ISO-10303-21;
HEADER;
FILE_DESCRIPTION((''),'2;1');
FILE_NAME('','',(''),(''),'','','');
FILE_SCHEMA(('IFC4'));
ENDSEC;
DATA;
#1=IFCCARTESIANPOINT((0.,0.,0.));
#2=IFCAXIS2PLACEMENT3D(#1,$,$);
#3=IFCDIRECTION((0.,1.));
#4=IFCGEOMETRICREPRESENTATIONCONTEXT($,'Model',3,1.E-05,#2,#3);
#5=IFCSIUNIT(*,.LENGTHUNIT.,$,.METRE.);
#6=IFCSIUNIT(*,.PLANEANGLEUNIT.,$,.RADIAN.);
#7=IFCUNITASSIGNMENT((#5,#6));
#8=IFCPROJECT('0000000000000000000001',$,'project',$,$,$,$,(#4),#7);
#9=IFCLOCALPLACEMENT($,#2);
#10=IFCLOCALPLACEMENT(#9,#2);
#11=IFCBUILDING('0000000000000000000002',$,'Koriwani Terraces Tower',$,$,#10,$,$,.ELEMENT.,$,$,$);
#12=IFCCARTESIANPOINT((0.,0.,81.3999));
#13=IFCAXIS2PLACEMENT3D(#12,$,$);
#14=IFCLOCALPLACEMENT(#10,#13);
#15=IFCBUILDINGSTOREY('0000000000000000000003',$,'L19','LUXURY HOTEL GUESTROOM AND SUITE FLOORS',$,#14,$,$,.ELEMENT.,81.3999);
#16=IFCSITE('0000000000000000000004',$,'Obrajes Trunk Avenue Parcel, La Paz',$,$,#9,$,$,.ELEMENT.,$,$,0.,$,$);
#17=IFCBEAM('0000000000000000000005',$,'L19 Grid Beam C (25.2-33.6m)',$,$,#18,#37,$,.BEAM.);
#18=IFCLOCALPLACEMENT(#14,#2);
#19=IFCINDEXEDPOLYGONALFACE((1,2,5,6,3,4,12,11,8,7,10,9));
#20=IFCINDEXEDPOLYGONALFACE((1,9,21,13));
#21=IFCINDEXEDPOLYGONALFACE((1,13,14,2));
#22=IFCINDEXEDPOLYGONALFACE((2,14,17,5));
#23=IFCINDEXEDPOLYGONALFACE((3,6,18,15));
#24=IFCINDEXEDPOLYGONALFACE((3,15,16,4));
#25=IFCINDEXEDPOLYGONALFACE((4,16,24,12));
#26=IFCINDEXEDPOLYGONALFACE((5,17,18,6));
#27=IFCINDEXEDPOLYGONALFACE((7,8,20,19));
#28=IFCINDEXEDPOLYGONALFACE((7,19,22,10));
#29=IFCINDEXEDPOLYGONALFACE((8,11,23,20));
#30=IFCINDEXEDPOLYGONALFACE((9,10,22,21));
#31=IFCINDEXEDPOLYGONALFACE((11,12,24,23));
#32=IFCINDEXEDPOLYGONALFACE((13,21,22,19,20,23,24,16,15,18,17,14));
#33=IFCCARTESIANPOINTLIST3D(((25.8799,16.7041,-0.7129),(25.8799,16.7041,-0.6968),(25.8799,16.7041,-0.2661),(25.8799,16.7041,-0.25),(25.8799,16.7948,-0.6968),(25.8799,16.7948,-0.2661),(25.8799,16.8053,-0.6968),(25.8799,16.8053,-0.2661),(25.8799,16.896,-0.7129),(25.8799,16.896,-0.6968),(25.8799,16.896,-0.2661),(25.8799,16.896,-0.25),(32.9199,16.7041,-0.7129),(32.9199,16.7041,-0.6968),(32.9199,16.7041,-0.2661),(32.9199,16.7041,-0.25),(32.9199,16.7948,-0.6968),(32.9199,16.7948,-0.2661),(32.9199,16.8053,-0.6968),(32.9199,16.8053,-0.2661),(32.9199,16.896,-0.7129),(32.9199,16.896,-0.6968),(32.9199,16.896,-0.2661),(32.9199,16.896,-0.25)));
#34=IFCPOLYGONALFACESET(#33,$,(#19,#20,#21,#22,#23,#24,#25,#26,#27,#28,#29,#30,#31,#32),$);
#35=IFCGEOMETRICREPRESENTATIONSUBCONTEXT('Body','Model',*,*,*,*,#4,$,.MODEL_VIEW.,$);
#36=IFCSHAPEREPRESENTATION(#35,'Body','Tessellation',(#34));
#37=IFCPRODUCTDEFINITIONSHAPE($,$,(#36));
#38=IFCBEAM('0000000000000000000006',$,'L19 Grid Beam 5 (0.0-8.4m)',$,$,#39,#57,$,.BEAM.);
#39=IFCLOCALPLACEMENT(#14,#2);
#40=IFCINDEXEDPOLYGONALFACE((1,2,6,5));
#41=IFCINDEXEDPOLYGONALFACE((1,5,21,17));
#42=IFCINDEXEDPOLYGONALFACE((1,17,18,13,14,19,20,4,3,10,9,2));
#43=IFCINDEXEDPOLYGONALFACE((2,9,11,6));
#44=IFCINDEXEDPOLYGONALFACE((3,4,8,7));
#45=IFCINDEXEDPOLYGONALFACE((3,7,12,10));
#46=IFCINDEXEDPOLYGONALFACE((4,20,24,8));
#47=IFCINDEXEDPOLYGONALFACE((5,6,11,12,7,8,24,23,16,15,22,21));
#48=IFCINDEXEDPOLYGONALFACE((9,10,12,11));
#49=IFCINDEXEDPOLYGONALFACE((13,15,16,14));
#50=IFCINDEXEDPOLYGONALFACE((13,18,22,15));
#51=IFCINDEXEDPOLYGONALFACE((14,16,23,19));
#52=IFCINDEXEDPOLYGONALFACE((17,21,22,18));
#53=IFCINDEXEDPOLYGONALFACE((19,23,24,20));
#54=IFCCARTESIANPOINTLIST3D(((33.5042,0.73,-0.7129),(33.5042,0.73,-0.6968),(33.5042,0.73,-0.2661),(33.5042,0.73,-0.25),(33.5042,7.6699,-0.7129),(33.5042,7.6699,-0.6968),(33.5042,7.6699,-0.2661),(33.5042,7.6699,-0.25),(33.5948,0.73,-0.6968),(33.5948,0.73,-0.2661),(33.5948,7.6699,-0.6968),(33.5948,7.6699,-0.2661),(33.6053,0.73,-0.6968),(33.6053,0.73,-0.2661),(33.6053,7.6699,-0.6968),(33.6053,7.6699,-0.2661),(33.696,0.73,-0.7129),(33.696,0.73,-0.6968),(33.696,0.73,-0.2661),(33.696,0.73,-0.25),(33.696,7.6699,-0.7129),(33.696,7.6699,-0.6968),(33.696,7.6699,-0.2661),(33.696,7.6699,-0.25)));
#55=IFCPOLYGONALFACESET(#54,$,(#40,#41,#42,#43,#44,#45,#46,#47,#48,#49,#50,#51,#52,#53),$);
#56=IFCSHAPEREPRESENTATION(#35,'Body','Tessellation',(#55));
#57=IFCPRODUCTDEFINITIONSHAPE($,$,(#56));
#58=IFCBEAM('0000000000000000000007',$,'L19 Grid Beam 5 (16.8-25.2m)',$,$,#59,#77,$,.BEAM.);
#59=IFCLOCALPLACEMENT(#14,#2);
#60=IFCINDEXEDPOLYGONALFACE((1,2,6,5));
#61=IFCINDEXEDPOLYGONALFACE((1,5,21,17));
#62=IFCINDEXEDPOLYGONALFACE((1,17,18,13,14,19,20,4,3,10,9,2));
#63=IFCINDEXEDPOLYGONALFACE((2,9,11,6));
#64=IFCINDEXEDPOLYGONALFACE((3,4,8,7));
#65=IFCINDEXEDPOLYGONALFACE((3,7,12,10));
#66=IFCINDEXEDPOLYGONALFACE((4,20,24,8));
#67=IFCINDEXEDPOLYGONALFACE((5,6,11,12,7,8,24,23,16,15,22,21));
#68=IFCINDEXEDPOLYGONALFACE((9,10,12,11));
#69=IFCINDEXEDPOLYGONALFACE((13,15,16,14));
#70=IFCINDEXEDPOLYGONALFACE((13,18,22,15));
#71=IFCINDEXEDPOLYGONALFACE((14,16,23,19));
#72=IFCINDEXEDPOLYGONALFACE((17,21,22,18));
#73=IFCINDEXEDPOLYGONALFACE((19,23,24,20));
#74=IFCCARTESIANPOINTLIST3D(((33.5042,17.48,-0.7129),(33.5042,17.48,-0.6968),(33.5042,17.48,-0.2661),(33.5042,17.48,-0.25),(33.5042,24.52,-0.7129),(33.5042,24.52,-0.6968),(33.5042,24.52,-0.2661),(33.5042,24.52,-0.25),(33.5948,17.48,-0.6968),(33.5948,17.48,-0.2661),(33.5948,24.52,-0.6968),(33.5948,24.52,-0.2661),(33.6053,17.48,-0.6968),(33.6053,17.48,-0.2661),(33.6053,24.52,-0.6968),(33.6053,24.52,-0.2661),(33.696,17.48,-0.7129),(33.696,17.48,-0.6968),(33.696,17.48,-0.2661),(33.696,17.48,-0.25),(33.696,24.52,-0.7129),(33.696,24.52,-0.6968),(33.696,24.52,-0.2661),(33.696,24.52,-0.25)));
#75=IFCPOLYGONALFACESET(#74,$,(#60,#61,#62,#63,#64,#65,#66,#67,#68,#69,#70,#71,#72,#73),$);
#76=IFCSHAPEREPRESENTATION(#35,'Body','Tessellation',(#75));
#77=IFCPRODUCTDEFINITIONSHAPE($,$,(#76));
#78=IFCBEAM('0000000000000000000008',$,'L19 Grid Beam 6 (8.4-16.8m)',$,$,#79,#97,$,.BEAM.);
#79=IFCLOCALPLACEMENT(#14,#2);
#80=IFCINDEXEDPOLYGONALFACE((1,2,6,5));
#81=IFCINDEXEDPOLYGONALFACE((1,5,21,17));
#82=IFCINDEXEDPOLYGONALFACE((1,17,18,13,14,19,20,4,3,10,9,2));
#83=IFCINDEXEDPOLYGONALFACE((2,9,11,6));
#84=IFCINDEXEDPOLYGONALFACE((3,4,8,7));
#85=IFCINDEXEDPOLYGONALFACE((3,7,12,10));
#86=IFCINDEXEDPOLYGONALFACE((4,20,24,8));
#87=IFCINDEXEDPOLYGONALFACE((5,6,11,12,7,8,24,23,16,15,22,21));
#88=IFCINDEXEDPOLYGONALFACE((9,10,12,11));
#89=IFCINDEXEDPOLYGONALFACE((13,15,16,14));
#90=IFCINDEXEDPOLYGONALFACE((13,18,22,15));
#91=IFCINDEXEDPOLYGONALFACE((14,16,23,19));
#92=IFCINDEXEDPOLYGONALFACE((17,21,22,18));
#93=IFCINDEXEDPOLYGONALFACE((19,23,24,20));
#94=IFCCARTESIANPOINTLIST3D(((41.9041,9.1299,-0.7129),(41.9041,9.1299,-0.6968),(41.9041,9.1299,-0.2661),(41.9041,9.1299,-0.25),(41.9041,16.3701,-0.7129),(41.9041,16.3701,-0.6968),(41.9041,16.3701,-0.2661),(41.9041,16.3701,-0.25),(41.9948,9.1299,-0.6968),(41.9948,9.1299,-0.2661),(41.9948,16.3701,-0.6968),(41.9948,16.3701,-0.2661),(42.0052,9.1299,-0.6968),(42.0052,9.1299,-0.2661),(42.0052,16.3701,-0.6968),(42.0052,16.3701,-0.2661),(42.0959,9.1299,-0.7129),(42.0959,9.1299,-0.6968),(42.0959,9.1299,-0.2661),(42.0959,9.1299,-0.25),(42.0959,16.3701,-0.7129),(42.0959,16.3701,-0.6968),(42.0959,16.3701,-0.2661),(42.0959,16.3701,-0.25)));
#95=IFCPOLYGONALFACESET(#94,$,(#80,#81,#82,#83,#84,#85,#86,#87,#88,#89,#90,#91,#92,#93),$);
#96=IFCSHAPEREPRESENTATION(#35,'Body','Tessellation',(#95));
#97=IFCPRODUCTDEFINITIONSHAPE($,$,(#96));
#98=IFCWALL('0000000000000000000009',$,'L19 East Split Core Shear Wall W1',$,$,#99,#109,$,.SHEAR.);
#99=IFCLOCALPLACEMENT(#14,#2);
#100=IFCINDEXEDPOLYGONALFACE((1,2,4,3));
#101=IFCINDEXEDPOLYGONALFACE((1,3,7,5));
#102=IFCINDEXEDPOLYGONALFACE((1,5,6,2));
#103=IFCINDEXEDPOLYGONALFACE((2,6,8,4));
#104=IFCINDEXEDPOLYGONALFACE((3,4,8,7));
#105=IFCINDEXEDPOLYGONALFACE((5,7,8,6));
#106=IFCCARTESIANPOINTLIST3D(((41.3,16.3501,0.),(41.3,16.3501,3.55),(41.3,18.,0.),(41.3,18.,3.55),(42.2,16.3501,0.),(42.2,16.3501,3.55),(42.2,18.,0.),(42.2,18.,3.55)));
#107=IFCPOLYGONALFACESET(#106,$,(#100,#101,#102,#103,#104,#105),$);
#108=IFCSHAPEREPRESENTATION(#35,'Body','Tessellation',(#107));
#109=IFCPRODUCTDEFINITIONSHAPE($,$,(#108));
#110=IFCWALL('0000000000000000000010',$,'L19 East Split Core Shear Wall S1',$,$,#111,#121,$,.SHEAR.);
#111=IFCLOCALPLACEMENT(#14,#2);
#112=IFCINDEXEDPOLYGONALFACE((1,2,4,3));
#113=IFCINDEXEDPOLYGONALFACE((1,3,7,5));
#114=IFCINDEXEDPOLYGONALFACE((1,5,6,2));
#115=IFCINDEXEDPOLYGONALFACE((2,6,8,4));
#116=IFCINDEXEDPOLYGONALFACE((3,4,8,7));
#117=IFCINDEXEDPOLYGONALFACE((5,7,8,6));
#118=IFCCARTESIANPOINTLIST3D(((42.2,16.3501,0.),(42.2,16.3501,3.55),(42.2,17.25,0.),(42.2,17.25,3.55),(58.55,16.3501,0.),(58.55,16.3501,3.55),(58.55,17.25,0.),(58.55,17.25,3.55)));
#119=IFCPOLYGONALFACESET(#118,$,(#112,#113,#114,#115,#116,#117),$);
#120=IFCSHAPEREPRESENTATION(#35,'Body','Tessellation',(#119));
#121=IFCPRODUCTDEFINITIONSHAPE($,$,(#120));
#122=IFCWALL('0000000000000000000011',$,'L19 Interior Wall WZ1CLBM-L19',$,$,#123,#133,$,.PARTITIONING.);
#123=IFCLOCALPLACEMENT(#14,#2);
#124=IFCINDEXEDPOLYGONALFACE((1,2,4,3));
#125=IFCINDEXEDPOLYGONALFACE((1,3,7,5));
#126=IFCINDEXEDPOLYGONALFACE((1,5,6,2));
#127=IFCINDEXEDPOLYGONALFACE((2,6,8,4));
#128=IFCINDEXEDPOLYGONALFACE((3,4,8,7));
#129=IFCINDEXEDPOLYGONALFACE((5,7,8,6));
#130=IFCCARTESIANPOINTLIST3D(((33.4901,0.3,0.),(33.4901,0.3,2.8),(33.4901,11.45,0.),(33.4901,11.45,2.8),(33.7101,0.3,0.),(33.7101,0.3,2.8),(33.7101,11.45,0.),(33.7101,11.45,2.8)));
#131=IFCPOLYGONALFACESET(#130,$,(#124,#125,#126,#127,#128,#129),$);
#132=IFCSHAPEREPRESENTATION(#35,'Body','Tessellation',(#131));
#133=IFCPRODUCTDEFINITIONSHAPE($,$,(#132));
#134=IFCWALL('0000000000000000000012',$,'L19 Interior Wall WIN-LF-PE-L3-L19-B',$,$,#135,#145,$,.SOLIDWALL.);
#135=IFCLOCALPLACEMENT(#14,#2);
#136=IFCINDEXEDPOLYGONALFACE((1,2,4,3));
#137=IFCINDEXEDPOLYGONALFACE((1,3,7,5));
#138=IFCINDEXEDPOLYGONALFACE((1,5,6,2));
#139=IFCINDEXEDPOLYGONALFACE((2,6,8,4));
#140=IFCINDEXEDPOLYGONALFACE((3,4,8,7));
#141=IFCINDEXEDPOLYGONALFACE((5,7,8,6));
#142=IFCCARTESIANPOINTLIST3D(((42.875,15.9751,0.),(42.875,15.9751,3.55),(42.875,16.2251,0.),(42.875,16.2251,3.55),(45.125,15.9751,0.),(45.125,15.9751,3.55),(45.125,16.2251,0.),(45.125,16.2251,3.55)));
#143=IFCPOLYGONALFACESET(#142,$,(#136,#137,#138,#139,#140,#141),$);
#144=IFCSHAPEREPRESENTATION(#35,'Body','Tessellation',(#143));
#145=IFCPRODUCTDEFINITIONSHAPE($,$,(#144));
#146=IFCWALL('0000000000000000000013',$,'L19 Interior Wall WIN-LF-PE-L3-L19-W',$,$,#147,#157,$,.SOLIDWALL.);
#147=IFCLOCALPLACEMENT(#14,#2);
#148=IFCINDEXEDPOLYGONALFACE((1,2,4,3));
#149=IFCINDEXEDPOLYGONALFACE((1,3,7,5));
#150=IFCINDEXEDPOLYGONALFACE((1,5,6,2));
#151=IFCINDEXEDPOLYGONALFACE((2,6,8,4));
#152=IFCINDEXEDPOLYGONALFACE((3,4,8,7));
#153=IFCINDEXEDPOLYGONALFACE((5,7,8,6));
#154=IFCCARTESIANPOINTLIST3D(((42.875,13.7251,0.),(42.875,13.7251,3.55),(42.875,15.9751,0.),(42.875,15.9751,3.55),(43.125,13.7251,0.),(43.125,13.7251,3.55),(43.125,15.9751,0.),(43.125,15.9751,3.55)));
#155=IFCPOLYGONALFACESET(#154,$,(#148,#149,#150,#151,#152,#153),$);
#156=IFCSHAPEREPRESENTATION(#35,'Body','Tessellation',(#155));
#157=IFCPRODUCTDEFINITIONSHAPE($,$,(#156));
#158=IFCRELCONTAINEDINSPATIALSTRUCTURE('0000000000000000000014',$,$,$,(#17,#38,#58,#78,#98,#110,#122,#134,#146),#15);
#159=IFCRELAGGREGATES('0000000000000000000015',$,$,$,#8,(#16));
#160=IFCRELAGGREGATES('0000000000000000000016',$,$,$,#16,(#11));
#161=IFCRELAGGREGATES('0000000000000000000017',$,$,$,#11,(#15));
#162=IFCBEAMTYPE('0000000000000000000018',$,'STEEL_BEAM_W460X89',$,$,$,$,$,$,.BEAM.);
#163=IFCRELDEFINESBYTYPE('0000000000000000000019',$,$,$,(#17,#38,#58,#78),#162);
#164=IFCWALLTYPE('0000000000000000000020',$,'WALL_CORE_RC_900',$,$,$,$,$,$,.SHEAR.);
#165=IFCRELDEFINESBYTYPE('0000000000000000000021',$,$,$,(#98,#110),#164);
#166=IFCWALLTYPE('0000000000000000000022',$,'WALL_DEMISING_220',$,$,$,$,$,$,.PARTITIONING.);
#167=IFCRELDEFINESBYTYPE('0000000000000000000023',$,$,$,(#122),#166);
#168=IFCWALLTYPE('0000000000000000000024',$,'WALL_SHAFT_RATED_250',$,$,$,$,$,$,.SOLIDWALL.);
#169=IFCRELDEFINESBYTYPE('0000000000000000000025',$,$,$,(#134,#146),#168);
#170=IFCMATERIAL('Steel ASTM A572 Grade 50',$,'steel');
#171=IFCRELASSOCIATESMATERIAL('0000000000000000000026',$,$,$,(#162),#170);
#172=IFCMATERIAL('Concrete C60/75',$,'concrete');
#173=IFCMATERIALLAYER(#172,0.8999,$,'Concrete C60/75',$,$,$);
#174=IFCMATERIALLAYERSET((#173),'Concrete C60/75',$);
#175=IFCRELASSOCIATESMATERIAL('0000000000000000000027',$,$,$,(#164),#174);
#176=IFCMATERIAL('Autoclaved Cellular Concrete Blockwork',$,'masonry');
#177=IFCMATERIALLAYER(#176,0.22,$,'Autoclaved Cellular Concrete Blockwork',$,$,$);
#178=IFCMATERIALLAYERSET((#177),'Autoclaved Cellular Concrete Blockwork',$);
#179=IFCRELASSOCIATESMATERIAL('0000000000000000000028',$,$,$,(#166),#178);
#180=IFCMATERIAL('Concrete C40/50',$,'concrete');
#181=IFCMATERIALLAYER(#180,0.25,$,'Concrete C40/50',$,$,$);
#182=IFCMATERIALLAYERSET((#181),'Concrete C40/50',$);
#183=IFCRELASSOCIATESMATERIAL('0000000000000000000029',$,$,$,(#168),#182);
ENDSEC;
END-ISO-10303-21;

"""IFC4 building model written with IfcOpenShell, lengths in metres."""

from ifc_helpers import new_model, si_unit, direction, frame, frame_2d, origin, origin_2d, place, context, subcontext, project, spatial, rectangle, i_section, extrude, material, layer, layer_set, material_profile, profile_set, type_object, element, save


model = new_model("IFC4")

# Units and contexts
model_context = context("Model", 3, precision=1e-05, world=origin(), true_north=direction((0.0, 1.0)))
body_context = subcontext(model_context, "Body", "Model", "MODEL_VIEW")
ifc_project = project(units=[si_unit("LENGTHUNIT", "METRE"), si_unit("PLANEANGLEUNIT", "RADIAN")], contexts=[model_context])

# Site, building, storey
site_placement = place(None, origin())
site = spatial("IfcSite", under=ifc_project, at=site_placement, Name="Obrajes Trunk Avenue Parcel, La Paz", CompositionType="ELEMENT", RefElevation=0.0)
building_placement = place(site_placement, origin())
building = spatial("IfcBuilding", under=site, at=building_placement, Name="Koriwani Terraces Tower", CompositionType="ELEMENT")
storey_placement = place(building_placement, frame((0.0, 0.0, 81.3999)))
storey = spatial("IfcBuildingStorey", under=building, at=storey_placement, Name="L19", Description="LUXURY HOTEL GUESTROOM AND SUITE FLOORS", CompositionType="ELEMENT", Elevation=81.3999)

# Shared definitions
ifc_material_1 = material(Name="Concrete C60/75", Category="concrete")

# Beams
ifc_material_2 = material(Name="Concrete C40/50", Category="concrete")
ifc_material_3 = material(Name="Steel ASTM A572 Grade 50", Category="steel")
ifc_material_profile_1 = material_profile(ifc_material_3, i_section(OverallWidth=0.1919, OverallDepth=0.4629, WebThickness=0.0105, FlangeThickness=0.0161, at=origin_2d()), Name="Steel ASTM A572 Grade 50", Category="LoadBearing")
ifc_profile_set_1 = profile_set([ifc_material_profile_1], Name="Steel ASTM A572 Grade 50")
beam_type_1 = type_object("IfcBeamType", Name="STEEL_BEAM_W460X89", PredefinedType="BEAM", material=ifc_profile_set_1)
beam_1_placement = place(storey_placement, frame((25.8799, 16.8, -0.4814), z_axis=(1.0, 0.0, 0.0), x_axis=(0.0, 1.0, 0.0)))
element("IfcBeam", 1, at=beam_1_placement, inside=storey, type_object=beam_type_1, Name="L19 Grid Beam C (25.2-33.6m)", PredefinedType="BEAM", context=body_context, shape_type="SweptSolid", body=[
    extrude(i_section(OverallWidth=0.1919, OverallDepth=0.4629, WebThickness=0.0105, FlangeThickness=0.0161, at=origin_2d()), origin(), (0.0, 0.0, 1.0), 7.04),
])
beam_2_placement = place(storey_placement, frame((33.6001, 0.73, -0.4814), z_axis=(0.0, 1.0, 0.0), x_axis=(-1.0, 0.0, 0.0)))
element("IfcBeam", 2, at=beam_2_placement, inside=storey, type_object=beam_type_1, Name="L19 Grid Beam 5 (0.0-8.4m)", PredefinedType="BEAM", context=body_context, shape_type="SweptSolid", body=[
    extrude(i_section(OverallWidth=0.1919, OverallDepth=0.4629, WebThickness=0.0105, FlangeThickness=0.0161, at=origin_2d()), origin(), (0.0, 0.0, 1.0), 6.9399),
])
beam_3_placement = place(storey_placement, frame((33.6001, 17.48, -0.4814), z_axis=(0.0, 1.0, 0.0), x_axis=(-1.0, 0.0, 0.0)))
element("IfcBeam", 3, at=beam_3_placement, inside=storey, type_object=beam_type_1, Name="L19 Grid Beam 5 (16.8-25.2m)", PredefinedType="BEAM", context=body_context, shape_type="SweptSolid", body=[
    extrude(i_section(OverallWidth=0.1919, OverallDepth=0.4629, WebThickness=0.0105, FlangeThickness=0.0161, at=origin_2d()), origin(), (0.0, 0.0, 1.0), 7.04),
])
beam_4_placement = place(storey_placement, frame((42.0, 9.1299, -0.4814), z_axis=(0.0, 1.0, 0.0), x_axis=(-1.0, 0.0, 0.0)))
element("IfcBeam", 4, at=beam_4_placement, inside=storey, type_object=beam_type_1, Name="L19 Grid Beam 6 (8.4-16.8m)", PredefinedType="BEAM", context=body_context, shape_type="SweptSolid", body=[
    extrude(i_section(OverallWidth=0.1919, OverallDepth=0.4629, WebThickness=0.0105, FlangeThickness=0.0161, at=origin_2d()), origin(), (0.0, 0.0, 1.0), 7.2402),
])

# Walls
ifc_layer_1 = layer(ifc_material_1, 0.8999, Name="Concrete C60/75")
ifc_layer_set_1 = layer_set([ifc_layer_1], Name="Concrete C60/75")
wall_type_1 = type_object("IfcWallType", Name="WALL_CORE_RC_900", PredefinedType="SHEAR", material=ifc_layer_set_1)
wall_1_placement = place(storey_placement, frame((41.75, 16.3501, 0.0), z_axis=(0.0, 0.0, 1.0), x_axis=(0.0, 1.0, 0.0)))
element("IfcWall", 5, at=wall_1_placement, inside=storey, type_object=wall_type_1, Name="L19 East Split Core Shear Wall W1", PredefinedType="SHEAR", context=body_context, shape_type="SweptSolid", body=[
    extrude(rectangle(XDim=1.6499, YDim=0.8999, at=frame_2d((0.825, 0.0))), origin(), (0.0, 0.0, 1.0), 3.55),
])
wall_2_placement = place(storey_placement, frame((42.2, 16.8, 0.0), z_axis=(0.0, 0.0, 1.0), x_axis=(1.0, 0.0, 0.0)))
element("IfcWall", 6, at=wall_2_placement, inside=storey, type_object=wall_type_1, Name="L19 East Split Core Shear Wall S1", PredefinedType="SHEAR", context=body_context, shape_type="SweptSolid", body=[
    extrude(rectangle(XDim=16.3501, YDim=0.8999, at=frame_2d((8.175, 0.0))), origin(), (0.0, 0.0, 1.0), 3.55),
])
ifc_material_4 = material(Name="Autoclaved Cellular Concrete Blockwork", Category="masonry")
ifc_layer_2 = layer(ifc_material_4, 0.22, Name="Autoclaved Cellular Concrete Blockwork")
ifc_layer_set_2 = layer_set([ifc_layer_2], Name="Autoclaved Cellular Concrete Blockwork")
wall_type_2 = type_object("IfcWallType", Name="WALL_DEMISING_220", PredefinedType="PARTITIONING", material=ifc_layer_set_2)
wall_3_placement = place(storey_placement, frame((33.6001, 0.3, 0.0), z_axis=(0.0, 0.0, 1.0), x_axis=(0.0, 1.0, 0.0)))
element("IfcWall", 7, at=wall_3_placement, inside=storey, type_object=wall_type_2, Name="L19 Interior Wall WZ1CLBM-L19", PredefinedType="PARTITIONING", context=body_context, shape_type="SweptSolid", body=[
    extrude(rectangle(XDim=11.1499, YDim=0.22, at=frame_2d((5.575, 0.0))), origin(), (0.0, 0.0, 1.0), 2.8),
])

# Shared definitions
ifc_layer_3 = layer(ifc_material_2, 0.25, Name="Concrete C40/50")
ifc_layer_set_3 = layer_set([ifc_layer_3], Name="Concrete C40/50")
wall_type_3 = type_object("IfcWallType", Name="WALL_SHAFT_RATED_250", PredefinedType="SOLIDWALL", material=ifc_layer_set_3)

# Walls
for number, where, z_axis, x_axis, name in (
    (8, (42.875, 16.1001, 0.0), (0.0, 0.0, 1.0), (1.0, 0.0, 0.0), "L19 Interior Wall WIN-LF-PE-L3-L19-B"),
    (9, (43.0, 13.7251, 0.0), (0.0, 0.0, 1.0), (0.0, 1.0, 0.0), "L19 Interior Wall WIN-LF-PE-L3-L19-W"),
):
    element("IfcWall", number, at=place(storey_placement, frame(where, z_axis=z_axis, x_axis=x_axis)), inside=storey, type_object=wall_type_3, Name=name, PredefinedType="SOLIDWALL", context=body_context, shape_type="SweptSolid", body=[
        extrude(rectangle(XDim=2.25, YDim=0.25, at=frame_2d((1.125, 0.0))), origin(), (0.0, 0.0, 1.0), 3.55),
    ])

save(model, "model.ifc")
